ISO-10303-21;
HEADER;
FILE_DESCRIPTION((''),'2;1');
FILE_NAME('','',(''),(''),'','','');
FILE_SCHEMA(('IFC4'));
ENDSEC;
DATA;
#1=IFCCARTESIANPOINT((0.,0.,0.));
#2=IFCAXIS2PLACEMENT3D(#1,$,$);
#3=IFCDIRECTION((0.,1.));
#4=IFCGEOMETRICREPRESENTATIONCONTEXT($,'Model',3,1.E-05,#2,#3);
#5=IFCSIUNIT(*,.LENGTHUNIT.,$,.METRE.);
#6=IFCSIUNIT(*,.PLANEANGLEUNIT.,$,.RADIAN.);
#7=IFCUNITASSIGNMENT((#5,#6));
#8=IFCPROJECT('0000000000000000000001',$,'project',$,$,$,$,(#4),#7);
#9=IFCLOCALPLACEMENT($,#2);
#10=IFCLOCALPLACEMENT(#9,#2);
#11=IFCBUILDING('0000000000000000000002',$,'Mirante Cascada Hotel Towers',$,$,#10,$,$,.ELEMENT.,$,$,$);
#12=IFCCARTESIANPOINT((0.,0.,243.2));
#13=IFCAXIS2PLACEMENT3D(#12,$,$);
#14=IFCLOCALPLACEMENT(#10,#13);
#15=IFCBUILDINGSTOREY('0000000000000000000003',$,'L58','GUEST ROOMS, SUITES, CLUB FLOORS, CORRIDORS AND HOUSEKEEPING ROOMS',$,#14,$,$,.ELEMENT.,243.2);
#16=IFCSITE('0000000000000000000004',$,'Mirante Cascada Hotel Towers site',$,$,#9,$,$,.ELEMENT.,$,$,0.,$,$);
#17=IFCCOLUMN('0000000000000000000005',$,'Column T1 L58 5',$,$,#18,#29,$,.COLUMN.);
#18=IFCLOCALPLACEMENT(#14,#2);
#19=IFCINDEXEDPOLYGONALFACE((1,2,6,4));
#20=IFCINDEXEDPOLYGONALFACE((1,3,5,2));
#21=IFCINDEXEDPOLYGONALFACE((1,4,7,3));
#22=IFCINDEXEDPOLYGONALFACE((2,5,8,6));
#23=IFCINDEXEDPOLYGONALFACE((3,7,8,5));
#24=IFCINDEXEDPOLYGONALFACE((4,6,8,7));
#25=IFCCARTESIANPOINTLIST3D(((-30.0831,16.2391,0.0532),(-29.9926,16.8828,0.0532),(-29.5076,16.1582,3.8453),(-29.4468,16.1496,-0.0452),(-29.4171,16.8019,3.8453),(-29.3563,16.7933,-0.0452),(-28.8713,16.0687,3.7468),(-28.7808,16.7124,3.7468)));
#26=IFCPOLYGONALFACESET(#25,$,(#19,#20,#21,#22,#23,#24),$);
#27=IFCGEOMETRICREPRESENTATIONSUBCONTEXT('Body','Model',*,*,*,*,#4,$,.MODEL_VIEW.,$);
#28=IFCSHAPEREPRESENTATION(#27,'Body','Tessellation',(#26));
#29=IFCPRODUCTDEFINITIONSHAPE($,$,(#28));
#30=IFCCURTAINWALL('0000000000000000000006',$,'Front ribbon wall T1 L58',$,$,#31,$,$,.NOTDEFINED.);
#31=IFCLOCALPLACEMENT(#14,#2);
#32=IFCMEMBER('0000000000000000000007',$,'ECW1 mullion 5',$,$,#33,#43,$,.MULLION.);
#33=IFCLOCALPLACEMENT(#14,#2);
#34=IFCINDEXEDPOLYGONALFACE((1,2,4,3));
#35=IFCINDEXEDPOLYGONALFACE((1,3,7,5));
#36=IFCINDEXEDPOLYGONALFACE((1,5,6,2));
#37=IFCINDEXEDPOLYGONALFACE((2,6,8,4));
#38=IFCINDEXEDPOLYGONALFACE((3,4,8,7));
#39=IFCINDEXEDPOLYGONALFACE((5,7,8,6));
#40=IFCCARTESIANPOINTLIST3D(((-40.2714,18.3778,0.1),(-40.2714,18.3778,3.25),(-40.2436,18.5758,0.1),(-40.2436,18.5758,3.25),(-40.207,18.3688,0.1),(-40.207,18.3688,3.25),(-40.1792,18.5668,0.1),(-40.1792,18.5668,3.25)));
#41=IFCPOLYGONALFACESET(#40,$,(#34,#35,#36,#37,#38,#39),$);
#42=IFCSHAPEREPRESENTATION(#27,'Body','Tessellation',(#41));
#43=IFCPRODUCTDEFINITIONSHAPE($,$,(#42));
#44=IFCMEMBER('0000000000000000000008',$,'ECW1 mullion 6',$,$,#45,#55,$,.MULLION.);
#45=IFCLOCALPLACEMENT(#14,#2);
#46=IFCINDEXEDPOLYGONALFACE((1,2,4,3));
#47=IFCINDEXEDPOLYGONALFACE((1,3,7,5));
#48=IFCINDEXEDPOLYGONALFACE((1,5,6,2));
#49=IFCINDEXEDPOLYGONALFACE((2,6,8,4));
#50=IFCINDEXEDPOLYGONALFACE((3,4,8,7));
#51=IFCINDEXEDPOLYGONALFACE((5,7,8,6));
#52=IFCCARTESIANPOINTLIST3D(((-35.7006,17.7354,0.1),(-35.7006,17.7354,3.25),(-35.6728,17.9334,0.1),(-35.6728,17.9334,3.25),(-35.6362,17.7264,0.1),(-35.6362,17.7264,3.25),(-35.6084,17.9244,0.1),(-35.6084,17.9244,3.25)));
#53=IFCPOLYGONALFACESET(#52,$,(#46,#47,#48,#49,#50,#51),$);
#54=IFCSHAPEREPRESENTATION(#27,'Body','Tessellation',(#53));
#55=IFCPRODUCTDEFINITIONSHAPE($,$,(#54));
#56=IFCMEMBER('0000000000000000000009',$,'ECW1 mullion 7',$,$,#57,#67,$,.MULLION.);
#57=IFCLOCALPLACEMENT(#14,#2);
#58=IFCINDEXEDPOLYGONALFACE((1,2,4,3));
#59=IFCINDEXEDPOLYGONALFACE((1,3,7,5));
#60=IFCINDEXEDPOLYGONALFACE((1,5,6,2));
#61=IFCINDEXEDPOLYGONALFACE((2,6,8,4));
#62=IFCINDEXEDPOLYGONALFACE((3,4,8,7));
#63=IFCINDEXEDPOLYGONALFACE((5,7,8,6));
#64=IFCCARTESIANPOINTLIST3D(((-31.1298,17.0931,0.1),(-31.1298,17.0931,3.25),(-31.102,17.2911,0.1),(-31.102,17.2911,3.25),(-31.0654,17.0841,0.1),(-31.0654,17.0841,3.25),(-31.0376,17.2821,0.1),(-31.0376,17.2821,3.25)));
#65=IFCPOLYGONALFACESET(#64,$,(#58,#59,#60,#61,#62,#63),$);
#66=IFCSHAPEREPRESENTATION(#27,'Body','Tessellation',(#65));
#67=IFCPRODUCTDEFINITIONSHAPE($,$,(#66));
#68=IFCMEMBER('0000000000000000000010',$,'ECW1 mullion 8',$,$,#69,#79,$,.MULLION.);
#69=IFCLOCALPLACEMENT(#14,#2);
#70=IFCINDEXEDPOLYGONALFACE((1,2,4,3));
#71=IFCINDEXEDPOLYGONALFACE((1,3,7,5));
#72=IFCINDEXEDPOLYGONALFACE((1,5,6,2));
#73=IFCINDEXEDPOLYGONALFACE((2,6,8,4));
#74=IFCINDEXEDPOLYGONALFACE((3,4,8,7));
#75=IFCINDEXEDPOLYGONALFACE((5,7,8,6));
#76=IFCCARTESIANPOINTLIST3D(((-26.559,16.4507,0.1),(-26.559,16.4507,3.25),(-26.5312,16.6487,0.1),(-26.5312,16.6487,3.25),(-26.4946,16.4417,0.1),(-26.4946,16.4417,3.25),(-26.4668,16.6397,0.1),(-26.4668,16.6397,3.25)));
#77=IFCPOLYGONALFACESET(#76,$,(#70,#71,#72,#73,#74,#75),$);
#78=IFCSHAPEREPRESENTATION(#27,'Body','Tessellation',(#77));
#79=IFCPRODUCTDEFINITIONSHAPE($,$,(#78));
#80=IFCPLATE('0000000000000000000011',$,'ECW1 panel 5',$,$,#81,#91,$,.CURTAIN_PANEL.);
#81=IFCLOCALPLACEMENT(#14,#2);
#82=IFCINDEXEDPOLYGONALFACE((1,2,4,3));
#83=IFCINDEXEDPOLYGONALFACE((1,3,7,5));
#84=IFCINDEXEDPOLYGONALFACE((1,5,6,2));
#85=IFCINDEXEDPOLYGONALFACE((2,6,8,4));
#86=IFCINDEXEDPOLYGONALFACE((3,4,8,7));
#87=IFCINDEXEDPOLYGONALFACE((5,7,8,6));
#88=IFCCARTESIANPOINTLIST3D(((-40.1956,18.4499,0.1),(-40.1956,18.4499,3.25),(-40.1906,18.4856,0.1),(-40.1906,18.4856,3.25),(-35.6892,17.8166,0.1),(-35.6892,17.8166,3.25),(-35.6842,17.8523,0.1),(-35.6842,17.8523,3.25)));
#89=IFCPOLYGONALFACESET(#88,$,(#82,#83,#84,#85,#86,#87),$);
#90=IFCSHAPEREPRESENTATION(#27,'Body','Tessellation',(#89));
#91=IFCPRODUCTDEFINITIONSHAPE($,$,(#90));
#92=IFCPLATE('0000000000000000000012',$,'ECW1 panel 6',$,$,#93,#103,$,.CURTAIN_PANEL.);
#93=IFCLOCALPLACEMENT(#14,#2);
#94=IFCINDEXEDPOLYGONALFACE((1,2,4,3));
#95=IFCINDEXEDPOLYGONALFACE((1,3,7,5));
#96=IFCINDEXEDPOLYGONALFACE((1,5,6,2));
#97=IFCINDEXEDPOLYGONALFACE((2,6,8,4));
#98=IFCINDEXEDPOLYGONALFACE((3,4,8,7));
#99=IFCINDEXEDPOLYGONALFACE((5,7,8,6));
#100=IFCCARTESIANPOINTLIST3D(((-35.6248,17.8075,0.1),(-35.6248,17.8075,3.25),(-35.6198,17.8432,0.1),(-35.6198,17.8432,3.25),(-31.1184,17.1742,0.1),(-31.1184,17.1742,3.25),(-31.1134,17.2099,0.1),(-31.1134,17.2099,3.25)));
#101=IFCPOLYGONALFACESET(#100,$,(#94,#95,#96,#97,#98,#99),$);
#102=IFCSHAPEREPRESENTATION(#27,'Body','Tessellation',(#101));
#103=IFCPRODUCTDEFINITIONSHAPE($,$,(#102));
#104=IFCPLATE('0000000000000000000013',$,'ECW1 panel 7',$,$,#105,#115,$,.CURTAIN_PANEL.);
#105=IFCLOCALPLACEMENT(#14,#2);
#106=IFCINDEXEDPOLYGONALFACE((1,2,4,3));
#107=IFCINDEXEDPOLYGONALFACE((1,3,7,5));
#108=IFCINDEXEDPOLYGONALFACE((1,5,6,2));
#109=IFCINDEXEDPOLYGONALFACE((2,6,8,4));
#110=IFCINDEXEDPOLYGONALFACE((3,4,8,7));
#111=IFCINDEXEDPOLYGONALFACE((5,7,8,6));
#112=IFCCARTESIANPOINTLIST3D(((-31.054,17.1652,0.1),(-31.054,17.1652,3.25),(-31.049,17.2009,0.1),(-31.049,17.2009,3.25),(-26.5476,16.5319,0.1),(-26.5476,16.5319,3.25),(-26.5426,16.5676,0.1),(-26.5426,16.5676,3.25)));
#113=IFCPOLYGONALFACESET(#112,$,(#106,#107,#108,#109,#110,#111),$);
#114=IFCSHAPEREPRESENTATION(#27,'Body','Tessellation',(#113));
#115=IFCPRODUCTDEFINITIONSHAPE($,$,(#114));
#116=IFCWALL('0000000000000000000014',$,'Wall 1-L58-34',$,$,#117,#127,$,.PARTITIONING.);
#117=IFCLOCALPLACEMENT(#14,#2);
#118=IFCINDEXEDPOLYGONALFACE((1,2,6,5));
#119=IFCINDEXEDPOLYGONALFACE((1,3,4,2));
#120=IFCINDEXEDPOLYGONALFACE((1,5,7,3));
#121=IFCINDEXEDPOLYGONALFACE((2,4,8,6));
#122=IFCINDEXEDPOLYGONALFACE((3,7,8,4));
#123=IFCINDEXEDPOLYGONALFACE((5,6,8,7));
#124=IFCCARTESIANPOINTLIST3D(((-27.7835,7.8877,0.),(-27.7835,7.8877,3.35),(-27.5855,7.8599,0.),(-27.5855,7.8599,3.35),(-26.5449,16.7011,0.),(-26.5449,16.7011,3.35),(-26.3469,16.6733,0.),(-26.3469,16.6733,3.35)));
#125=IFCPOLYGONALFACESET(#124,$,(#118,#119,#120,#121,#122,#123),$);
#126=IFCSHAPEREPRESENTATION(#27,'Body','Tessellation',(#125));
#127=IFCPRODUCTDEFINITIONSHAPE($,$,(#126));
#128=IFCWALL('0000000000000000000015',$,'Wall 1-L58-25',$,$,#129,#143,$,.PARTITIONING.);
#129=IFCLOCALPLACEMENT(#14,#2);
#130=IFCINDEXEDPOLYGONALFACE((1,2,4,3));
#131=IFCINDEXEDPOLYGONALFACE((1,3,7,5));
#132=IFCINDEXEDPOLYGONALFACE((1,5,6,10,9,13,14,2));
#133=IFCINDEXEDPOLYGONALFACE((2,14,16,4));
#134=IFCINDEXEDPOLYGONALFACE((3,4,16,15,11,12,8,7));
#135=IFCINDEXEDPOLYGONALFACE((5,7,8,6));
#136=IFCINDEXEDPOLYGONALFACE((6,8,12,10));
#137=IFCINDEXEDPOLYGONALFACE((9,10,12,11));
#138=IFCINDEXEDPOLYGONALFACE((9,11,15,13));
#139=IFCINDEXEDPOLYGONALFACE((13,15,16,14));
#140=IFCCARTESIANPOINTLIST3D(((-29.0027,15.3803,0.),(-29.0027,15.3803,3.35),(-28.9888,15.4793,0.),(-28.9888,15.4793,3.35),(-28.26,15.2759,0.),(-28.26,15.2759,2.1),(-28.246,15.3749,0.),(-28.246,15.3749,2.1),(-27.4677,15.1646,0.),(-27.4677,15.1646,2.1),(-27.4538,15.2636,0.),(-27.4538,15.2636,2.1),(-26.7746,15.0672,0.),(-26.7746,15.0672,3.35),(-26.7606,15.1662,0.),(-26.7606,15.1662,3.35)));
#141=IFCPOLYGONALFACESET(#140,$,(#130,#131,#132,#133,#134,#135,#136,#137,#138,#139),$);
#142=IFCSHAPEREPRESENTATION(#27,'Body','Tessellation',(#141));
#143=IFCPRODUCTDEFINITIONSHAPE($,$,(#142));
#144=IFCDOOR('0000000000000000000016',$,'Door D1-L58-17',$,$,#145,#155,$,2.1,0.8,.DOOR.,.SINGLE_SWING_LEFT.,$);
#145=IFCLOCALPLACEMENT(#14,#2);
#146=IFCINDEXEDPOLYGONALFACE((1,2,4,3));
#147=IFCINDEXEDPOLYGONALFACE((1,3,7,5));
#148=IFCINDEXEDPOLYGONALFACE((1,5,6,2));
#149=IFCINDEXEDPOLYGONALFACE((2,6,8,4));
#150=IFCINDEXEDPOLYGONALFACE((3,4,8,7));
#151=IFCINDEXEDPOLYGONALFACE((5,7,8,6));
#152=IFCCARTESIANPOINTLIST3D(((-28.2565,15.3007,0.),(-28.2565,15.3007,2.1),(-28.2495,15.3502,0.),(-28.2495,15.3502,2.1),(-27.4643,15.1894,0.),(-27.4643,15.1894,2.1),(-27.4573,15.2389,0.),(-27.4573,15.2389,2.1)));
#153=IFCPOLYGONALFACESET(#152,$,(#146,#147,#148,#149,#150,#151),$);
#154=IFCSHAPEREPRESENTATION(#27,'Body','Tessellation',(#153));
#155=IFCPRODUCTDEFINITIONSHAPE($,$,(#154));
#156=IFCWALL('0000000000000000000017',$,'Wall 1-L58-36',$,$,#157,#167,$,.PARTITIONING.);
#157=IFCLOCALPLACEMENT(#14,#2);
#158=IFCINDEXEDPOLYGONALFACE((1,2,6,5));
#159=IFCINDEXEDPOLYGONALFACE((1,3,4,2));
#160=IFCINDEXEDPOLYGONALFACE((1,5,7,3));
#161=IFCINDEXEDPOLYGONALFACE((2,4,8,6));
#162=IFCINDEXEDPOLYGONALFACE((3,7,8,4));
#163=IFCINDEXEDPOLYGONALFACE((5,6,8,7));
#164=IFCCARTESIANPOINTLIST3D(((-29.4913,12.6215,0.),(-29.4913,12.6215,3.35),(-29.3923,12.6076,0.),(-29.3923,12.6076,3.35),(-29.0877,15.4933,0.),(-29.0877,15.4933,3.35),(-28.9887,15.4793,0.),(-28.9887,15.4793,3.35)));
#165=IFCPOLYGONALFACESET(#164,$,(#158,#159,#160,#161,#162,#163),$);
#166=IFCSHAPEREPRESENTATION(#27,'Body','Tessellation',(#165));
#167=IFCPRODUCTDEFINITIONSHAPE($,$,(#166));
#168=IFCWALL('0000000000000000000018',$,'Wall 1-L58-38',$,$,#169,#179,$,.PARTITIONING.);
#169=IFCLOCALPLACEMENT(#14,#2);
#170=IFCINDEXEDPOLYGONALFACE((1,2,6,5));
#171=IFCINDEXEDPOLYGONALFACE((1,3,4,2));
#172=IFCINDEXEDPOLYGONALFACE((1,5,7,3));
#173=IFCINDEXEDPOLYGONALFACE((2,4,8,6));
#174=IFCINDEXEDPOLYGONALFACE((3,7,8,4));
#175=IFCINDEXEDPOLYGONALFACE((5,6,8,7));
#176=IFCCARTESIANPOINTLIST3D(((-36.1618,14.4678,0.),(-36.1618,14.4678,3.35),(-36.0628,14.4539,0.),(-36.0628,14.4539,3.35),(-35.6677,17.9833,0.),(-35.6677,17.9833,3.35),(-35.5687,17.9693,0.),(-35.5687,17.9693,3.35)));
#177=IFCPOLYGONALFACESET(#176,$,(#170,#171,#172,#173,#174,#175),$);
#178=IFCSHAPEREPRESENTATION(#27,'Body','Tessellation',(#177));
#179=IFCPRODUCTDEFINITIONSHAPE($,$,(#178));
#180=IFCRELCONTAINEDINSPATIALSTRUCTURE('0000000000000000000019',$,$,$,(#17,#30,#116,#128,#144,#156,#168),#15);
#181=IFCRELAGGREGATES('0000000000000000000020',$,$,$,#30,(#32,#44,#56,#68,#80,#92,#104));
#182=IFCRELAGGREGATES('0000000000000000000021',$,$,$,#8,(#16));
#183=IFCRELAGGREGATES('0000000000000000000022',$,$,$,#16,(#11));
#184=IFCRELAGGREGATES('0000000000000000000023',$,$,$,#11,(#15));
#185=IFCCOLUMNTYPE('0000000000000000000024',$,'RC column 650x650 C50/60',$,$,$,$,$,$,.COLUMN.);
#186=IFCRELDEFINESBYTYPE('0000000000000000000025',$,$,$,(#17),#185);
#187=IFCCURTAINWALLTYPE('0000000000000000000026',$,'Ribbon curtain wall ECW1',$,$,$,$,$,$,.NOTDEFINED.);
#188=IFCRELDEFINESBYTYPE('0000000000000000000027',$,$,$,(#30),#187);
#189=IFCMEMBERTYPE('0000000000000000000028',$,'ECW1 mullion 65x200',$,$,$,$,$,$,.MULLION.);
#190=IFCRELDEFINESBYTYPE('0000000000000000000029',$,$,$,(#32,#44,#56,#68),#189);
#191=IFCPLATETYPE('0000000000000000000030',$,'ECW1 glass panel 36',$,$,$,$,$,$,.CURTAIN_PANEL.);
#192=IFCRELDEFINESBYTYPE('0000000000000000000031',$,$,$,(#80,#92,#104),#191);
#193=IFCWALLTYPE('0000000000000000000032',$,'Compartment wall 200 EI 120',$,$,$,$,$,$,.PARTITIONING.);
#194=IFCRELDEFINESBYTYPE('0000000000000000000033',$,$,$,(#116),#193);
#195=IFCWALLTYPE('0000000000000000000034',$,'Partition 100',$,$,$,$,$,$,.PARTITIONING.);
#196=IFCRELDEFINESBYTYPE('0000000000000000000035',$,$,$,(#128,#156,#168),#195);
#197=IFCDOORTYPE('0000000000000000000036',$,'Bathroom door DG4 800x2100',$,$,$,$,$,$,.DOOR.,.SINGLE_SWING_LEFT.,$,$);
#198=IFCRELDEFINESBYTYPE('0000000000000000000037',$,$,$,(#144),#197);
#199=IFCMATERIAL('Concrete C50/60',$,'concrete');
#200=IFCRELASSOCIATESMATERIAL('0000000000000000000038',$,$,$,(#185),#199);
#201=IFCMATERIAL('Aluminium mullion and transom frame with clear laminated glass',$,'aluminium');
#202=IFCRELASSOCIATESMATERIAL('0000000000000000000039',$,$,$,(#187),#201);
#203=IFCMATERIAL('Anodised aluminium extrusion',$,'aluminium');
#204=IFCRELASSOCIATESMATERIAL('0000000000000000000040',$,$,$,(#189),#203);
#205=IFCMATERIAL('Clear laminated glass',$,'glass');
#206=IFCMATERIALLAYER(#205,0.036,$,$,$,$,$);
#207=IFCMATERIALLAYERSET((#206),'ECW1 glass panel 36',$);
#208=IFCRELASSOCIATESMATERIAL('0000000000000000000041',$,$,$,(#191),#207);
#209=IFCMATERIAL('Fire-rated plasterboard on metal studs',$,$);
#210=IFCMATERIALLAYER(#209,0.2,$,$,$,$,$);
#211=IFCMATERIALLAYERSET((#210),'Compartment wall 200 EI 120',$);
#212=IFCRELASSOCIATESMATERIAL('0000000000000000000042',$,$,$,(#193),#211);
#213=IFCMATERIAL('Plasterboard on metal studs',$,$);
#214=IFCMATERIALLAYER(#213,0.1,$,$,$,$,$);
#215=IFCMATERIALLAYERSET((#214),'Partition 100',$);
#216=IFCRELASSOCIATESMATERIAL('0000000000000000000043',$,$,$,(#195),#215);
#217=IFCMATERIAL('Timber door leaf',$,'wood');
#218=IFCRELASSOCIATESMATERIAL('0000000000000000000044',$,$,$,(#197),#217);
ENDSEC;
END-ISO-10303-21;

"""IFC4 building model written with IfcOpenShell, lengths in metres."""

from ifc_helpers import new_model, si_unit, direction, frame, frame_2d, origin, origin_2d, place, context, subcontext, project, spatial, rectangle, extrude, material, layer, layer_set, material_profile, profile_set, type_object, element, fill, aggregate, save


model = new_model("IFC4")

# Units and contexts
model_context = context("Model", 3, precision=1e-05, world=origin(), true_north=direction((0.0, 1.0)))
body_context = subcontext(model_context, "Body", "Model", "MODEL_VIEW")
ifc_project = project(units=[si_unit("LENGTHUNIT", "METRE"), si_unit("PLANEANGLEUNIT", "RADIAN")], contexts=[model_context])

# Site, building, storey
site_placement = place(None, origin())
site = spatial("IfcSite", under=ifc_project, at=site_placement, Name="Mirante Cascada Hotel Towers site", CompositionType="ELEMENT", RefElevation=0.0)
building_placement = place(site_placement, origin())
building = spatial("IfcBuilding", under=site, at=building_placement, Name="Mirante Cascada Hotel Towers", CompositionType="ELEMENT")
storey_placement = place(building_placement, frame((0.0, 0.0, 243.2)))
storey = spatial("IfcBuildingStorey", under=building, at=storey_placement, Name="L58", Description="GUEST ROOMS, SUITES, CLUB FLOORS, CORRIDORS AND HOUSEKEEPING ROOMS", CompositionType="ELEMENT", Elevation=243.2)

# Column
ifc_material_1 = material(Name="Concrete C50/60", Category="concrete")
ifc_material_profile_1 = material_profile(ifc_material_1, rectangle(XDim=0.65, YDim=0.65, at=origin_2d()), Name="RC column 650x650 C50/60")
ifc_profile_set_1 = profile_set([ifc_material_profile_1], Name="Concrete C50/60")
column_type = type_object("IfcColumnType", Name="RC column 650x650 C50/60", PredefinedType="COLUMN", material=ifc_profile_set_1)
column_placement = place(storey_placement, frame((-29.7197, 16.5162, 0.004), z_axis=(0.150015, -0.021088, 0.988459), x_axis=(0.139205, 0.990264, 0.0)))
element("IfcColumn", 1, at=column_placement, inside=storey, type_object=column_type, Name="Column T1 L58 5", PredefinedType="COLUMN", context=body_context, shape_type="SweptSolid", body=[
    extrude(rectangle(XDim=0.65, YDim=0.65, at=origin_2d()), origin(), (0.0, 0.0, 1.0), 3.8363),
])

# Curtain wall, members, plates
ifc_material_2 = material(Name="Aluminium mullion and transom frame with clear laminated glass", Category="aluminium")
curtain_wall_type = type_object("IfcCurtainWallType", Name="Ribbon curtain wall ECW1", PredefinedType="NOTDEFINED", material=ifc_material_2)
curtain_wall_placement = place(storey_placement, origin())
curtain_wall = element("IfcCurtainWall", 2, at=curtain_wall_placement, inside=storey, type_object=curtain_wall_type, Name="Front ribbon wall T1 L58", PredefinedType="NOTDEFINED")
ifc_material_3 = material(Name="Anodised aluminium extrusion", Category="aluminium")
ifc_material_profile_2 = material_profile(ifc_material_3, rectangle(XDim=0.2, YDim=0.065, at=origin_2d()), Name="ECW1 MULLION 65x200")
ifc_profile_set_2 = profile_set([ifc_material_profile_2], Name="Anodised aluminium extrusion")
member_type = type_object("IfcMemberType", Name="ECW1 mullion 65x200", PredefinedType="MULLION", material=ifc_profile_set_2)
member_1_placement = place(storey_placement, frame((-40.2253, 18.4723, 0.1), z_axis=(0.0, 0.0, 1.0), x_axis=(0.139173, 0.990268, 0.0)))
member_1 = element("IfcMember", 3, at=member_1_placement, type_object=member_type, Name="ECW1 mullion 5", PredefinedType="MULLION", context=body_context, shape_type="SweptSolid", body=[
    extrude(rectangle(XDim=0.2, YDim=0.065, at=origin_2d()), origin(), (0.0, 0.0, 1.0), 3.15),
])
member_2_placement = place(storey_placement, frame((-35.6545, 17.8299, 0.1), z_axis=(0.0, 0.0, 1.0), x_axis=(0.139173, 0.990268, 0.0)))
member_2 = element("IfcMember", 4, at=member_2_placement, type_object=member_type, Name="ECW1 mullion 6", PredefinedType="MULLION", context=body_context, shape_type="SweptSolid", body=[
    extrude(rectangle(XDim=0.2, YDim=0.065, at=origin_2d()), origin(), (0.0, 0.0, 1.0), 3.15),
])
member_3_placement = place(storey_placement, frame((-31.0837, 17.1876, 0.1), z_axis=(0.0, 0.0, 1.0), x_axis=(0.139173, 0.990268, 0.0)))
member_3 = element("IfcMember", 5, at=member_3_placement, type_object=member_type, Name="ECW1 mullion 7", PredefinedType="MULLION", context=body_context, shape_type="SweptSolid", body=[
    extrude(rectangle(XDim=0.2, YDim=0.065, at=origin_2d()), origin(), (0.0, 0.0, 1.0), 3.15),
])
member_4_placement = place(storey_placement, frame((-26.5129, 16.5452, 0.1), z_axis=(0.0, 0.0, 1.0), x_axis=(0.139173, 0.990268, 0.0)))
member_4 = element("IfcMember", 6, at=member_4_placement, type_object=member_type, Name="ECW1 mullion 8", PredefinedType="MULLION", context=body_context, shape_type="SweptSolid", body=[
    extrude(rectangle(XDim=0.2, YDim=0.065, at=origin_2d()), origin(), (0.0, 0.0, 1.0), 3.15),
])
ifc_material_4 = material(Name="Clear laminated glass", Category="glass")
ifc_layer_1 = layer(ifc_material_4, 0.036)
ifc_layer_set_1 = layer_set([ifc_layer_1], Name="ECW1 glass panel 36")
plate_type = type_object("IfcPlateType", Name="ECW1 glass panel 36", PredefinedType="CURTAIN_PANEL", material=ifc_layer_set_1)
plate_1_placement = place(storey_placement, frame((-37.9399, 18.1511, 0.1), z_axis=(0.0, 0.0, 1.0), x_axis=(0.990268, -0.139173, 0.0)))
plate_1 = element("IfcPlate", 7, at=plate_1_placement, type_object=plate_type, Name="ECW1 panel 5", PredefinedType="CURTAIN_PANEL", context=body_context, shape_type="SweptSolid", body=[
    extrude(rectangle(XDim=4.5507, YDim=0.036, at=origin_2d()), origin(), (0.0, 0.0, 1.0), 3.15),
])
plate_2_placement = place(storey_placement, frame((-33.3691, 17.5087, 0.1), z_axis=(0.0, 0.0, 1.0), x_axis=(0.990268, -0.139173, 0.0)))
plate_2 = element("IfcPlate", 8, at=plate_2_placement, type_object=plate_type, Name="ECW1 panel 6", PredefinedType="CURTAIN_PANEL", context=body_context, shape_type="SweptSolid", body=[
    extrude(rectangle(XDim=4.5507, YDim=0.036, at=origin_2d()), origin(), (0.0, 0.0, 1.0), 3.15),
])
plate_3_placement = place(storey_placement, frame((-28.7983, 16.8664, 0.1), z_axis=(0.0, 0.0, 1.0), x_axis=(0.990268, -0.139173, 0.0)))
plate_3 = element("IfcPlate", 9, at=plate_3_placement, type_object=plate_type, Name="ECW1 panel 7", PredefinedType="CURTAIN_PANEL", context=body_context, shape_type="SweptSolid", body=[
    extrude(rectangle(XDim=4.5507, YDim=0.036, at=origin_2d()), origin(), (0.0, 0.0, 1.0), 3.15),
])
aggregate(curtain_wall, [member_1, member_2, member_3, member_4, plate_1, plate_2, plate_3])

# Wall
ifc_material_5 = material(Name="Fire-rated plasterboard on metal studs")
ifc_layer_2 = layer(ifc_material_5, 0.2)
ifc_layer_set_2 = layer_set([ifc_layer_2], Name="Compartment wall 200 EI 120")
wall_type_1 = type_object("IfcWallType", Name="Compartment wall 200 EI 120", PredefinedType="PARTITIONING", material=ifc_layer_set_2)
wall_1_placement = place(storey_placement, frame((-26.4459, 16.6872, 0.0), z_axis=(0.0, 0.0, 1.0), x_axis=(-0.139168, -0.990269, 0.0)))
element("IfcWall", 10, at=wall_1_placement, inside=storey, type_object=wall_type_1, Name="Wall 1-L58-34", PredefinedType="PARTITIONING", context=body_context, shape_type="SweptSolid", body=[
    extrude(rectangle(XDim=8.9, YDim=0.2, at=frame_2d((4.45, 0.0))), origin(), (0.0, 0.0, 1.0), 3.35),
])

# Wall, opening, door
ifc_material_6 = material(Name="Plasterboard on metal studs")
ifc_layer_3 = layer(ifc_material_6, 0.1)
ifc_layer_set_3 = layer_set([ifc_layer_3], Name="Partition 100")
wall_type_2 = type_object("IfcWallType", Name="Partition 100", PredefinedType="PARTITIONING", material=ifc_layer_set_3)
wall_2_placement = place(storey_placement, frame((-26.7676, 15.1167, 0.0), z_axis=(0.0, 0.0, 1.0), x_axis=(-0.990271, 0.139156, 0.0)))
wall_2 = element("IfcWall", 11, at=wall_2_placement, inside=storey, type_object=wall_type_2, Name="Wall 1-L58-25", PredefinedType="PARTITIONING", context=body_context, shape_type="SweptSolid", body=[
    extrude(rectangle(XDim=2.25, YDim=0.1, at=frame_2d((1.125, 0.0))), origin(), (0.0, 0.0, 1.0), 3.35),
])
opening_placement = place(wall_2_placement, frame((0.7, 0.0, 0.0)))
opening = element("IfcOpeningElement", 12, at=opening_placement, cuts=wall_2, PredefinedType="OPENING", context=body_context, shape_type="SweptSolid", body=[
    extrude(rectangle(XDim=0.8, YDim=2.1, at=frame_2d((0.4, 1.05))), frame((0.0, 0.05, 0.0), z_axis=(0.0, -1.0, 0.0), x_axis=(1.0, 0.0, 0.0)), (0.0, 0.0, 1.0), 0.1),
])
ifc_material_7 = material(Name="Timber door leaf", Category="wood")
door_type = type_object("IfcDoorType", Name="Bathroom door DG4 800x2100", OperationType="SINGLE_SWING_LEFT", PredefinedType="DOOR", material=ifc_material_7)
door_placement = place(opening_placement, origin())
door = element("IfcDoor", 13, at=door_placement, inside=storey, type_object=door_type, Name="Door D1-L58-17", OperationType="SINGLE_SWING_LEFT", OverallHeight=2.1, OverallWidth=0.8, PredefinedType="DOOR", context=body_context, shape_type="SweptSolid", body=[
    extrude(rectangle(XDim=0.8, YDim=2.1, at=frame_2d((0.4, 1.05))), frame((0.0, 0.025, 0.0), z_axis=(0.0, -1.0, 0.0), x_axis=(1.0, 0.0, 0.0)), (0.0, 0.0, 1.0), 0.05),
])
fill(opening, door)

# Walls
wall_3_placement = place(storey_placement, frame((-29.0382, 15.4863, 0.0), z_axis=(0.0, 0.0, 1.0), x_axis=(-0.139171, -0.990268, 0.0)))
element("IfcWall", 14, at=wall_3_placement, inside=storey, type_object=wall_type_2, Name="Wall 1-L58-36", PredefinedType="PARTITIONING", context=body_context, shape_type="SweptSolid", body=[
    extrude(rectangle(XDim=2.9, YDim=0.1, at=frame_2d((1.45, 0.0))), origin(), (0.0, 0.0, 1.0), 3.35),
])
wall_4_placement = place(storey_placement, frame((-35.6182, 17.9763, 0.0), z_axis=(0.0, 0.0, 1.0), x_axis=(-0.139185, -0.990266, 0.0)))
element("IfcWall", 15, at=wall_4_placement, inside=storey, type_object=wall_type_2, Name="Wall 1-L58-38", PredefinedType="PARTITIONING", context=body_context, shape_type="SweptSolid", body=[
    extrude(rectangle(XDim=3.55, YDim=0.1, at=frame_2d((1.775, 0.0))), origin(), (0.0, 0.0, 1.0), 3.35),
])

save(model, "model.ifc")
